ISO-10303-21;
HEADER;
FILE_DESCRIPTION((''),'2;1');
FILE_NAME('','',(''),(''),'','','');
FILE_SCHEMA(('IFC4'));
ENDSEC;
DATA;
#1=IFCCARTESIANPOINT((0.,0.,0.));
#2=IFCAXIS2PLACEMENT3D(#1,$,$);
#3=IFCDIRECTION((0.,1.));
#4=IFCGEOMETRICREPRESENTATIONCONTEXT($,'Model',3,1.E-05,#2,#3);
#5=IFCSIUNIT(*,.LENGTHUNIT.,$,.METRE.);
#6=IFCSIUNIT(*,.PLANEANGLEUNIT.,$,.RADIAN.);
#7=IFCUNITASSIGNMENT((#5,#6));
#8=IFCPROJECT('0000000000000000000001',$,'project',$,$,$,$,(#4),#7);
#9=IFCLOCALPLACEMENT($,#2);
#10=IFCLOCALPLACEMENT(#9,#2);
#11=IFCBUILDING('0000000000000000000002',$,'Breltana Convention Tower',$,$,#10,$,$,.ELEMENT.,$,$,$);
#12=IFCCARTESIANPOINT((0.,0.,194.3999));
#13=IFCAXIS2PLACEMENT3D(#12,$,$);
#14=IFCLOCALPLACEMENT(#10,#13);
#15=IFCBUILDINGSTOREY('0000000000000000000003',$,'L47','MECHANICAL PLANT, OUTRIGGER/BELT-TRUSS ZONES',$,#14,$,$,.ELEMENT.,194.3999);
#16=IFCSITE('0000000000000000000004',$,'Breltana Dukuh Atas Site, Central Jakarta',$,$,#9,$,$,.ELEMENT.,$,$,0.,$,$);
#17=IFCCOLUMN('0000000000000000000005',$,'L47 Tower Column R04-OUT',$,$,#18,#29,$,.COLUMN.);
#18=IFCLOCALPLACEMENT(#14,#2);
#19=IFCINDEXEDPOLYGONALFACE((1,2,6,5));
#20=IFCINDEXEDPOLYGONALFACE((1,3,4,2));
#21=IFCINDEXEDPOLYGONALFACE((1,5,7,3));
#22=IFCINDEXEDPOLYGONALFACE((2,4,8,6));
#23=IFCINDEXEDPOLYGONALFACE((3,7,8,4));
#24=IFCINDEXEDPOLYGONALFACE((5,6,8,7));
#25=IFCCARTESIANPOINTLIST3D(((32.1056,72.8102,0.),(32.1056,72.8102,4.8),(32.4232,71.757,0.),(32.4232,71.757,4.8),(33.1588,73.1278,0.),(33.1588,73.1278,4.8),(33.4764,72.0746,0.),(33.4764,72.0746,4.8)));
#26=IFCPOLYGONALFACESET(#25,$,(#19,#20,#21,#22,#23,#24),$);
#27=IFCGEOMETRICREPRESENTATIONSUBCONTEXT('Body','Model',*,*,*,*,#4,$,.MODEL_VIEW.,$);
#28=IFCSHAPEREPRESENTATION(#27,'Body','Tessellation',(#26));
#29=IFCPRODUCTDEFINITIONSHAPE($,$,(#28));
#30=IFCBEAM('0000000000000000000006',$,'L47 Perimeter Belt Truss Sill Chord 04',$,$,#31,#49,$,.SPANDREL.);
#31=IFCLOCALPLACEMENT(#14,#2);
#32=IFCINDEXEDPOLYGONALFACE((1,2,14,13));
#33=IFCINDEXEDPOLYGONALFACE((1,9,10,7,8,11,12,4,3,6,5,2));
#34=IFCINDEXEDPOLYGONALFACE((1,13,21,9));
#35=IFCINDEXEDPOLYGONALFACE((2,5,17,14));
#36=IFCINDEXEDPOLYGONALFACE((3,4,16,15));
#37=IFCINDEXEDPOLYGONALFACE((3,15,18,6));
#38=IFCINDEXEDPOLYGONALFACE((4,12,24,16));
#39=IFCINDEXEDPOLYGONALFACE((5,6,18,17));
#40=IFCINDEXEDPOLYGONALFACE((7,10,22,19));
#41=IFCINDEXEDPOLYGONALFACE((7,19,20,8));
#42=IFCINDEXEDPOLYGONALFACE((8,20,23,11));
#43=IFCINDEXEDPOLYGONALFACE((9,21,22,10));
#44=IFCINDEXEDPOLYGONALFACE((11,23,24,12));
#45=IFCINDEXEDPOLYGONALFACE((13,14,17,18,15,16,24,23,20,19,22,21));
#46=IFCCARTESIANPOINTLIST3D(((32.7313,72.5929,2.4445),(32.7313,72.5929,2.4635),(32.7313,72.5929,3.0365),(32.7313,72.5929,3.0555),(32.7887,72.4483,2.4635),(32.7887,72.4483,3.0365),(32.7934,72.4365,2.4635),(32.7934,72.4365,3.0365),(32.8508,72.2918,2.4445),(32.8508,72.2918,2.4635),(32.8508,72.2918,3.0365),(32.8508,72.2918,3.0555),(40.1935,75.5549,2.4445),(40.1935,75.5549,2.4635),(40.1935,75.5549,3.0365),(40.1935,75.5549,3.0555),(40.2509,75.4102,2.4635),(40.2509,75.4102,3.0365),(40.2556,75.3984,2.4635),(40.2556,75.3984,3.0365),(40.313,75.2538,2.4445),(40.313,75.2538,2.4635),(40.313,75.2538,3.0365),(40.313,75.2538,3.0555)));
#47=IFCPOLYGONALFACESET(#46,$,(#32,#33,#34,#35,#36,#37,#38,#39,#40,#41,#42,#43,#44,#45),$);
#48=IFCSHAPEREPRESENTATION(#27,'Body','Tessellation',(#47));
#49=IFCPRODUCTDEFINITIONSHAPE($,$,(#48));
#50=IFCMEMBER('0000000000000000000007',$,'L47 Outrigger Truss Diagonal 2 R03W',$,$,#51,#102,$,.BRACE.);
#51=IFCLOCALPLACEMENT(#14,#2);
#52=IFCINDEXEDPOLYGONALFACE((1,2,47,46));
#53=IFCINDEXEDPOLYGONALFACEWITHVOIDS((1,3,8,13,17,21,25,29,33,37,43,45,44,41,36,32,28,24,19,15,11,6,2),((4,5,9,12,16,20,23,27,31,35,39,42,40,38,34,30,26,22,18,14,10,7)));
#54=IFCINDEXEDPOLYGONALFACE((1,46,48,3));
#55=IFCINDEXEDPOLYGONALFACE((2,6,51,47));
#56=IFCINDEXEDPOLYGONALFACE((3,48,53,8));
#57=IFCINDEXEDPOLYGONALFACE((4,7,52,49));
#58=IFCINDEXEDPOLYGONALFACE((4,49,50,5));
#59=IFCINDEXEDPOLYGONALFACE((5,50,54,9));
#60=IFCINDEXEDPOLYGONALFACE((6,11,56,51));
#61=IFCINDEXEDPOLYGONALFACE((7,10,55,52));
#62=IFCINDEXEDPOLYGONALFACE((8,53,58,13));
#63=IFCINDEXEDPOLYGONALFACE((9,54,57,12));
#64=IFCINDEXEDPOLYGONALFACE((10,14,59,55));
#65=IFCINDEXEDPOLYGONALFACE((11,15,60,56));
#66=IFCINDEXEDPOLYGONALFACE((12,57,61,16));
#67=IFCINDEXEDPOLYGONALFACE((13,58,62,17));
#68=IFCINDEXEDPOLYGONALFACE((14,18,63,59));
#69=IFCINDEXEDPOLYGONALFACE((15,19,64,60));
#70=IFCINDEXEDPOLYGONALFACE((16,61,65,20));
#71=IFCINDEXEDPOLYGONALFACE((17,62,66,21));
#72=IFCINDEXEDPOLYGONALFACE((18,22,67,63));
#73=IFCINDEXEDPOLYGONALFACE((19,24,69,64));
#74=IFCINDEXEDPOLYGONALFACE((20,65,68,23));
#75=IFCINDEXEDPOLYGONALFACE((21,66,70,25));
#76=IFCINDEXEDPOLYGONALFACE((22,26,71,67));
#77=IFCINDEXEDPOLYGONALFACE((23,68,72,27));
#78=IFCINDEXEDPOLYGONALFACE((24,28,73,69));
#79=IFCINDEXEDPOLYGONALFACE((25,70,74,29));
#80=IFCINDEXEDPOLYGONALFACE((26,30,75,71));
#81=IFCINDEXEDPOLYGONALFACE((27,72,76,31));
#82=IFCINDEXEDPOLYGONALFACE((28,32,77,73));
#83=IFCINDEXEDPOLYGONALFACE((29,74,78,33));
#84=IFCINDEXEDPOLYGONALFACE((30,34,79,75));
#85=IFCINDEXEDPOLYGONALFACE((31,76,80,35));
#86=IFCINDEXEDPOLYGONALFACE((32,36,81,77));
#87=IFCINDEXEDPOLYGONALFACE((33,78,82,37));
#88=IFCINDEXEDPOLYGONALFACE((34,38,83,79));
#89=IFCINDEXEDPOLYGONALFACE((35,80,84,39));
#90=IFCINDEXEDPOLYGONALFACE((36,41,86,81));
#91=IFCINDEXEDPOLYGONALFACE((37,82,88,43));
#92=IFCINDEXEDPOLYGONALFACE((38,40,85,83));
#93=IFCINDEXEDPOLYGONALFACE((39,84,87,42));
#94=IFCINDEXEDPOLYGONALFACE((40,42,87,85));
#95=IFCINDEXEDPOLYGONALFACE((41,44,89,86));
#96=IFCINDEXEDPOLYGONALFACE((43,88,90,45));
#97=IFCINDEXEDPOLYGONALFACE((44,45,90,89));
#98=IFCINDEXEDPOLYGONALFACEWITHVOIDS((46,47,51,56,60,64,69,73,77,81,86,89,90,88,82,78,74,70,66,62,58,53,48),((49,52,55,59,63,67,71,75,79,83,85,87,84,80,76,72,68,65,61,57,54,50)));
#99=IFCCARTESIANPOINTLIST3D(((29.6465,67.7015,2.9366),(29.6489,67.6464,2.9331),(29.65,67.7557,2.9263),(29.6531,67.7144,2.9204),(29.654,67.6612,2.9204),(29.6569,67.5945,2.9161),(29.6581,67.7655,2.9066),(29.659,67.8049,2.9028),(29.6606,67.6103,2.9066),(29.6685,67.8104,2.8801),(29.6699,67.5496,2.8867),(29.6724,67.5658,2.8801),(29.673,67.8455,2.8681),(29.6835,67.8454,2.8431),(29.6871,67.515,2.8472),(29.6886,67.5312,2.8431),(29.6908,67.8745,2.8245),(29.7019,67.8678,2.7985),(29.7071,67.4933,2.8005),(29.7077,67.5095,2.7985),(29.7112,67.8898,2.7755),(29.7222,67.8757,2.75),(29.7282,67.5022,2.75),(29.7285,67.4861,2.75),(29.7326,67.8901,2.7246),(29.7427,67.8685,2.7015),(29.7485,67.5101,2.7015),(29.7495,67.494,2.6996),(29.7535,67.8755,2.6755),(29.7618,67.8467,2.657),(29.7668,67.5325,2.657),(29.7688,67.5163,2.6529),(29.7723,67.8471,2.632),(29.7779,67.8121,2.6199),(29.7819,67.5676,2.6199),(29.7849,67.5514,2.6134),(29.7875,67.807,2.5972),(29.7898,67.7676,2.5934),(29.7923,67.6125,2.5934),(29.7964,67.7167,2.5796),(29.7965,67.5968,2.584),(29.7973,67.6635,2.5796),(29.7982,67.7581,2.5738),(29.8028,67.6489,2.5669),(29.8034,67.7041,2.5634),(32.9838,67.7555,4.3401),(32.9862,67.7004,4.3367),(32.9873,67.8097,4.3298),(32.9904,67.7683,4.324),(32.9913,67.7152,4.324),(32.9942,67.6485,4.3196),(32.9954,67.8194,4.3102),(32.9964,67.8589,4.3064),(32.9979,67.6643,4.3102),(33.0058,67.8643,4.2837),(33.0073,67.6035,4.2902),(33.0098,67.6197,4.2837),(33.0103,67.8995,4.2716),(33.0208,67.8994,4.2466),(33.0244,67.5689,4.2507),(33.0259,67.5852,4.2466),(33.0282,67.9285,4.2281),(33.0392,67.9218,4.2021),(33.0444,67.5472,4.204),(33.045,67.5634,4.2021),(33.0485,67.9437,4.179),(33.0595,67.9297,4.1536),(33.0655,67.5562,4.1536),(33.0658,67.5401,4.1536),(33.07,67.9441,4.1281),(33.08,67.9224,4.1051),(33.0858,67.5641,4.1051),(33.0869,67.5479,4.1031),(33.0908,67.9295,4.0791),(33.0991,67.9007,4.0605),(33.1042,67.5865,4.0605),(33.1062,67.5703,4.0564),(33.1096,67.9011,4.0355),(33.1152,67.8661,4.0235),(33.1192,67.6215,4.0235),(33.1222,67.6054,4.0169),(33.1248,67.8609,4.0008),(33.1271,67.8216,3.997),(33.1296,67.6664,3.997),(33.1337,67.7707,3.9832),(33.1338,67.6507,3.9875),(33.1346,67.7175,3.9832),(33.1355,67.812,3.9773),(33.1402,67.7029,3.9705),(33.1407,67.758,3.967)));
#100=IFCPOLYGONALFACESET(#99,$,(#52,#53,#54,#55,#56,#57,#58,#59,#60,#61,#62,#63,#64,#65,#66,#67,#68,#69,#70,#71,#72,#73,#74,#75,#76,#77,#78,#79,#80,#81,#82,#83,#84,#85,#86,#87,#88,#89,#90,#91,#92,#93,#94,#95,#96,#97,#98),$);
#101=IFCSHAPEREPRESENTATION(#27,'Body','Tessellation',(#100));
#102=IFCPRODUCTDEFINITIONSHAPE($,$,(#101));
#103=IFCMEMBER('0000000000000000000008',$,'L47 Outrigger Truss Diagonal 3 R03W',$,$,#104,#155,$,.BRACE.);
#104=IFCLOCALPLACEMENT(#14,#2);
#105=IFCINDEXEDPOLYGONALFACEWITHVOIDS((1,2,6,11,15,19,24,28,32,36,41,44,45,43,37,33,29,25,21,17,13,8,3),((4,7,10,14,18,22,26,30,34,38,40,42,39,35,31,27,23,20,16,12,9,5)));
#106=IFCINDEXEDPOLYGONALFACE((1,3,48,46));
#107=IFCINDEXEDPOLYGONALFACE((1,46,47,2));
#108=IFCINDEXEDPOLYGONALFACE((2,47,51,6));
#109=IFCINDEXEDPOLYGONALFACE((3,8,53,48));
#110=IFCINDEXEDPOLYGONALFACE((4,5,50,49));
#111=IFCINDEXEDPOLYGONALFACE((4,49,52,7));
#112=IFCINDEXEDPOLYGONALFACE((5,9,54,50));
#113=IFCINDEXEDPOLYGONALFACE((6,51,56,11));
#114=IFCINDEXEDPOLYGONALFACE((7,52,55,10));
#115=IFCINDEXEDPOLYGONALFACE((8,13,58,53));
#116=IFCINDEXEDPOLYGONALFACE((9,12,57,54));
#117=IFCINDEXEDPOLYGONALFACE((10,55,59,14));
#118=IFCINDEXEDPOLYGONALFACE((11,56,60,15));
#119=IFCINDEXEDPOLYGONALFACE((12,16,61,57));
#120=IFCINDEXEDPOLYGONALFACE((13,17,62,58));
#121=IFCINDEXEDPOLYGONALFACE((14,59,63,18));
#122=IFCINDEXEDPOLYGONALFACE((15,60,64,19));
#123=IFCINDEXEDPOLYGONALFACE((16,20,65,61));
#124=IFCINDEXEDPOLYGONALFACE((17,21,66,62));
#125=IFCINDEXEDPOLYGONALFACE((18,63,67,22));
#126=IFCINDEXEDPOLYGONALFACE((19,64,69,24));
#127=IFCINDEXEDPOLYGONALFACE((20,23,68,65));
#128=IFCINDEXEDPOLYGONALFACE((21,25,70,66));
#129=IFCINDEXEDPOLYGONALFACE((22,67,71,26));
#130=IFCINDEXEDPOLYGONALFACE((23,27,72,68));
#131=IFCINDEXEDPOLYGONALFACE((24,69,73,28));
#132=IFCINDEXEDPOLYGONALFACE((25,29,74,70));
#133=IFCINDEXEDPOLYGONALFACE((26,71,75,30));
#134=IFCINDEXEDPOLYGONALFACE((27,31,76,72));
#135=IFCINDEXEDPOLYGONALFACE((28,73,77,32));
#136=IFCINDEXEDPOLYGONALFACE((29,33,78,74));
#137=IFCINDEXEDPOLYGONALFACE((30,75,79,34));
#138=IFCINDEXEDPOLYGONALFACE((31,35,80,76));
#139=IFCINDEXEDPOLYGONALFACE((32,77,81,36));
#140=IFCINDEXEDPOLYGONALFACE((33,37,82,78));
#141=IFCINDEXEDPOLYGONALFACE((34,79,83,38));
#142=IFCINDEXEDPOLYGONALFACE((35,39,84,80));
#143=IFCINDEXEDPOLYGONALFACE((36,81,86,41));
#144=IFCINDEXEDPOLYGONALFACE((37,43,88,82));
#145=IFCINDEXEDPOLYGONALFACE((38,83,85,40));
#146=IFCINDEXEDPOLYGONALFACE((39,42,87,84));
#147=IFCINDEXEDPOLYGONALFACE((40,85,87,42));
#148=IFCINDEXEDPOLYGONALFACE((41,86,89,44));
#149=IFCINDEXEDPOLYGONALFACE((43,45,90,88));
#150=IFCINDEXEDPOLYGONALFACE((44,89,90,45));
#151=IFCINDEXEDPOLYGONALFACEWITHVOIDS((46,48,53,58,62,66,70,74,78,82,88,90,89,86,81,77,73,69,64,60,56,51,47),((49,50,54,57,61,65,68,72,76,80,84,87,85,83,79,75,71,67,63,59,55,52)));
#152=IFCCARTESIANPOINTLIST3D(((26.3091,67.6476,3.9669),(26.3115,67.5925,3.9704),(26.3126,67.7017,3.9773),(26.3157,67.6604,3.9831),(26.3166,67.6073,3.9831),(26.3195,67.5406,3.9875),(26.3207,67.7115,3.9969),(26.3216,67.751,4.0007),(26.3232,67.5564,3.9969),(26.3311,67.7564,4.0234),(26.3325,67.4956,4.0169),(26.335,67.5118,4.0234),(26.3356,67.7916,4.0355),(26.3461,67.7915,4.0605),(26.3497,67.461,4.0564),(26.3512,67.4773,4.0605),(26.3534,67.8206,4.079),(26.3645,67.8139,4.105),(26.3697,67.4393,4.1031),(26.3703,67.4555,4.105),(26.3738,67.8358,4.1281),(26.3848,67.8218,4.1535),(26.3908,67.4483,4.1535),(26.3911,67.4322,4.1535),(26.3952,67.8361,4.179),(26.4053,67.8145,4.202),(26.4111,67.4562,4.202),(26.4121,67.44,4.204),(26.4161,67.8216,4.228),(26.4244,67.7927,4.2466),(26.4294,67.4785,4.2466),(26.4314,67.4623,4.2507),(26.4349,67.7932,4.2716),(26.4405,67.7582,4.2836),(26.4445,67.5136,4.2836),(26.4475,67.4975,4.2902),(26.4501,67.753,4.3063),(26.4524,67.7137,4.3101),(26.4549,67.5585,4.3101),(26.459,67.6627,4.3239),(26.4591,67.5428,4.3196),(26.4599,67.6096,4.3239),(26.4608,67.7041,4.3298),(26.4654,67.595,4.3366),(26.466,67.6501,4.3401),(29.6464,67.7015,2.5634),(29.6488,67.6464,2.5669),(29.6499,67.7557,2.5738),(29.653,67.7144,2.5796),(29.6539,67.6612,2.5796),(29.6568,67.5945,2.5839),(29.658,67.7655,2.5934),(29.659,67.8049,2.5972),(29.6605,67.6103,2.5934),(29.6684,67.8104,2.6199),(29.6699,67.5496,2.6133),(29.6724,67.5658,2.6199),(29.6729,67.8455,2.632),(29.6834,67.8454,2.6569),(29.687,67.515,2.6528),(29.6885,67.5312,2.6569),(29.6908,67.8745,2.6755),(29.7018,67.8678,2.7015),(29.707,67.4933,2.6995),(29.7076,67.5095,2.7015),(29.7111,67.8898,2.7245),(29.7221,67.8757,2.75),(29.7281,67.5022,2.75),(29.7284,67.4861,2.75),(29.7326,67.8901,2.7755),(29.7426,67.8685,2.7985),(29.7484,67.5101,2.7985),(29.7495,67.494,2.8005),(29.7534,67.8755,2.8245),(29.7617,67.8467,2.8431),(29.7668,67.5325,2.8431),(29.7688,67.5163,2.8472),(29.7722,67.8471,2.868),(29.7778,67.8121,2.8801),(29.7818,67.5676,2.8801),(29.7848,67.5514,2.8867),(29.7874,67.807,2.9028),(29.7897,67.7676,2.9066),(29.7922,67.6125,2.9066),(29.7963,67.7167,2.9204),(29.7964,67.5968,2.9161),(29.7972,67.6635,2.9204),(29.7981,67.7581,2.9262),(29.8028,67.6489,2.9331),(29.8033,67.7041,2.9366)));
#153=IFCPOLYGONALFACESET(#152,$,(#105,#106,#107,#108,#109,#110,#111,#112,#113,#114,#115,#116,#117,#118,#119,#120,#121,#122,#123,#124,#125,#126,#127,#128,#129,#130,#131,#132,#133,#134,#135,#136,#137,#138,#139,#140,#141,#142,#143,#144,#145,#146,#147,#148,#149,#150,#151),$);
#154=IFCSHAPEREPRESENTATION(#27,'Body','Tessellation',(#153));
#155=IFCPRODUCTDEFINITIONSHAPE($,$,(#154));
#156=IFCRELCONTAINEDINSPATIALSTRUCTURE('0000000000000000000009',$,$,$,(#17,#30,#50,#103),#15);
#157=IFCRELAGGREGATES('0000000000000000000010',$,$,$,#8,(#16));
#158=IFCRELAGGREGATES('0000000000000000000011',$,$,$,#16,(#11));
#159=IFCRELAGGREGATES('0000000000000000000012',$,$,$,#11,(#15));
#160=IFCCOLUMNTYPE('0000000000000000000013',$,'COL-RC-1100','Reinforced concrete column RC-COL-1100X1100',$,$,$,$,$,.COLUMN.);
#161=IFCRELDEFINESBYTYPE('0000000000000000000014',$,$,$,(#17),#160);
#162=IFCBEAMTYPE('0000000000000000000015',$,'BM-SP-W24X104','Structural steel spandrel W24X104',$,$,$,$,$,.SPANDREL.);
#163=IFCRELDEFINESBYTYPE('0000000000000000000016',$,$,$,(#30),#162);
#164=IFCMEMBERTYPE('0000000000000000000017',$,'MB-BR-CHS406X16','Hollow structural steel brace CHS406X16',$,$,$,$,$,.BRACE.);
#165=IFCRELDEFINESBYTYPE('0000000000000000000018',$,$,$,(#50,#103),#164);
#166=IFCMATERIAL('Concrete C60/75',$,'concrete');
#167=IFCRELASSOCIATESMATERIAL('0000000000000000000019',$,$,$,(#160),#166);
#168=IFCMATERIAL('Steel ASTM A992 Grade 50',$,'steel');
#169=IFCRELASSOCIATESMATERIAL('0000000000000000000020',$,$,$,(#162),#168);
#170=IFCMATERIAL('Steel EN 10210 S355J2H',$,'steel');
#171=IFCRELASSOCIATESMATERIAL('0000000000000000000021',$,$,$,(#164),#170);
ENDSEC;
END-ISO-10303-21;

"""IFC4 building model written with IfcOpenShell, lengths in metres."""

from ifc_helpers import new_model, si_unit, direction, frame, origin, origin_2d, place, context, subcontext, project, spatial, rectangle, hollow_circle, i_section, extrude, source, transform, mapped, material, material_profile, profile_set, type_object, element, save


model = new_model("IFC4")

# Units and contexts
model_context = context("Model", 3, precision=1e-05, world=origin(), true_north=direction((0.0, 1.0)))
body_context = subcontext(model_context, "Body", "Model", "MODEL_VIEW")
ifc_project = project(units=[si_unit("LENGTHUNIT", "METRE"), si_unit("PLANEANGLEUNIT", "RADIAN")], contexts=[model_context])

# Site, building, storey
site_placement = place(None, origin())
site = spatial("IfcSite", under=ifc_project, at=site_placement, Name="Breltana Dukuh Atas Site, Central Jakarta", CompositionType="ELEMENT", RefElevation=0.0)
building_placement = place(site_placement, origin())
building = spatial("IfcBuilding", under=site, at=building_placement, Name="Breltana Convention Tower", CompositionType="ELEMENT")
storey_placement = place(building_placement, frame((0.0, 0.0, 194.3999)))
storey = spatial("IfcBuildingStorey", under=building, at=storey_placement, Name="L47", Description="MECHANICAL PLANT, OUTRIGGER/BELT-TRUSS ZONES", CompositionType="ELEMENT", Elevation=194.3999)

# Column
ifc_material_1 = material(Name="Concrete C60/75", Category="concrete")
ifc_material_profile_1 = material_profile(ifc_material_1, rectangle(XDim=1.1001, YDim=1.1001, at=origin_2d()), Name="RC-COL-1100X1100")
ifc_profile_set_1 = profile_set([ifc_material_profile_1], Name="Concrete C60/75")
column_type = type_object("IfcColumnType", Name="COL-RC-1100", Description="Reinforced concrete column RC-COL-1100X1100", PredefinedType="COLUMN", material=ifc_profile_set_1)
shared_shape_1 = source(origin(), body_context, "Body", "SweptSolid", [
    extrude(rectangle(XDim=1.1001, YDim=1.1001, at=origin_2d()), origin(), (0.0, 0.0, 1.0), 4.8),
])
column_placement = place(storey_placement, frame((32.791, 72.4424, 0.0), z_axis=(0.0, 0.0, 1.0), x_axis=(-0.288698, 0.95742, 0.0)))
element("IfcColumn", 1, at=column_placement, inside=storey, type_object=column_type, Name="L47 Tower Column R04-OUT", PredefinedType="COLUMN", context=body_context, shape_type="MappedRepresentation", body=[
    mapped(shared_shape_1, transform((0.0, 0.0, 0.0), scale=1.0)),
])

# Beam
ifc_material_2 = material(Name="Steel ASTM A992 Grade 50", Category="steel")
ifc_material_profile_2 = material_profile(ifc_material_2, i_section(OverallWidth=0.324, OverallDepth=0.6111, WebThickness=0.0127, FlangeThickness=0.019, at=origin_2d()), Name="W24X104")
ifc_profile_set_2 = profile_set([ifc_material_profile_2], Name="Steel ASTM A992 Grade 50")
beam_type_1 = type_object("IfcBeamType", Name="BM-SP-W24X104", Description="Structural steel spandrel W24X104", PredefinedType="SPANDREL", material=ifc_profile_set_2)
shared_shape_2 = source(origin(), body_context, "Body", "SweptSolid", [
    extrude(i_section(OverallWidth=0.324, OverallDepth=0.6111, WebThickness=0.0127, FlangeThickness=0.019, at=origin_2d()), origin(), (0.0, 0.0, 1.0), 8.0286),
])
beam_1_placement = place(storey_placement, frame((32.791, 72.4424, 2.75), z_axis=(0.929459, 0.368925, 0.0), x_axis=(-0.368925, 0.929459, 0.0)))
element("IfcBeam", 2, at=beam_1_placement, inside=storey, type_object=beam_type_1, Name="L47 Perimeter Belt Truss Sill Chord 04", PredefinedType="SPANDREL", context=body_context, shape_type="MappedRepresentation", body=[
    mapped(shared_shape_2, transform((0.0, 0.0, 0.0), scale=1.0)),
])

# Members
ifc_material_3 = material(Name="Steel EN 10210 S355J2H", Category="steel")
ifc_material_profile_3 = material_profile(ifc_material_3, hollow_circle(Radius=0.2029, WallThickness=0.0161, at=origin_2d()), Name="CHS406X16")
ifc_profile_set_3 = profile_set([ifc_material_profile_3], Name="Steel EN 10210 S355J2H")
member_type_1 = type_object("IfcMemberType", Name="MB-BR-CHS406X16", Description="Hollow structural steel brace CHS406X16", PredefinedType="BRACE", material=ifc_profile_set_3)
shared_shape_3 = source(origin(), body_context, "Body", "SweptSolid", [
    extrude(hollow_circle(Radius=0.2029, WallThickness=0.0161, at=origin_2d()), origin(), (0.0, 0.0, 1.0), 3.6208),
])
for number, where, z_axis, x_axis, name in (
    (3, (33.0625, 67.7429, 4.1536), (-0.921697, -0.014901, -0.387625), (0.016165, -0.999869, 0.0), "L47 Outrigger Truss Diagonal 2 R03W"),
    (4, (29.7251, 67.689, 2.75), (-0.921697, -0.014901, 0.387625), (0.016165, -0.999869, 0.0), "L47 Outrigger Truss Diagonal 3 R03W"),
):
    element("IfcMember", number, at=place(storey_placement, frame(where, z_axis=z_axis, x_axis=x_axis)), inside=storey, type_object=member_type_1, Name=name, PredefinedType="BRACE", context=body_context, shape_type="MappedRepresentation", body=[
        mapped(shared_shape_3, transform((0.0, 0.0, 0.0), scale=1.0)),
    ])

save(model, "model.ifc")
